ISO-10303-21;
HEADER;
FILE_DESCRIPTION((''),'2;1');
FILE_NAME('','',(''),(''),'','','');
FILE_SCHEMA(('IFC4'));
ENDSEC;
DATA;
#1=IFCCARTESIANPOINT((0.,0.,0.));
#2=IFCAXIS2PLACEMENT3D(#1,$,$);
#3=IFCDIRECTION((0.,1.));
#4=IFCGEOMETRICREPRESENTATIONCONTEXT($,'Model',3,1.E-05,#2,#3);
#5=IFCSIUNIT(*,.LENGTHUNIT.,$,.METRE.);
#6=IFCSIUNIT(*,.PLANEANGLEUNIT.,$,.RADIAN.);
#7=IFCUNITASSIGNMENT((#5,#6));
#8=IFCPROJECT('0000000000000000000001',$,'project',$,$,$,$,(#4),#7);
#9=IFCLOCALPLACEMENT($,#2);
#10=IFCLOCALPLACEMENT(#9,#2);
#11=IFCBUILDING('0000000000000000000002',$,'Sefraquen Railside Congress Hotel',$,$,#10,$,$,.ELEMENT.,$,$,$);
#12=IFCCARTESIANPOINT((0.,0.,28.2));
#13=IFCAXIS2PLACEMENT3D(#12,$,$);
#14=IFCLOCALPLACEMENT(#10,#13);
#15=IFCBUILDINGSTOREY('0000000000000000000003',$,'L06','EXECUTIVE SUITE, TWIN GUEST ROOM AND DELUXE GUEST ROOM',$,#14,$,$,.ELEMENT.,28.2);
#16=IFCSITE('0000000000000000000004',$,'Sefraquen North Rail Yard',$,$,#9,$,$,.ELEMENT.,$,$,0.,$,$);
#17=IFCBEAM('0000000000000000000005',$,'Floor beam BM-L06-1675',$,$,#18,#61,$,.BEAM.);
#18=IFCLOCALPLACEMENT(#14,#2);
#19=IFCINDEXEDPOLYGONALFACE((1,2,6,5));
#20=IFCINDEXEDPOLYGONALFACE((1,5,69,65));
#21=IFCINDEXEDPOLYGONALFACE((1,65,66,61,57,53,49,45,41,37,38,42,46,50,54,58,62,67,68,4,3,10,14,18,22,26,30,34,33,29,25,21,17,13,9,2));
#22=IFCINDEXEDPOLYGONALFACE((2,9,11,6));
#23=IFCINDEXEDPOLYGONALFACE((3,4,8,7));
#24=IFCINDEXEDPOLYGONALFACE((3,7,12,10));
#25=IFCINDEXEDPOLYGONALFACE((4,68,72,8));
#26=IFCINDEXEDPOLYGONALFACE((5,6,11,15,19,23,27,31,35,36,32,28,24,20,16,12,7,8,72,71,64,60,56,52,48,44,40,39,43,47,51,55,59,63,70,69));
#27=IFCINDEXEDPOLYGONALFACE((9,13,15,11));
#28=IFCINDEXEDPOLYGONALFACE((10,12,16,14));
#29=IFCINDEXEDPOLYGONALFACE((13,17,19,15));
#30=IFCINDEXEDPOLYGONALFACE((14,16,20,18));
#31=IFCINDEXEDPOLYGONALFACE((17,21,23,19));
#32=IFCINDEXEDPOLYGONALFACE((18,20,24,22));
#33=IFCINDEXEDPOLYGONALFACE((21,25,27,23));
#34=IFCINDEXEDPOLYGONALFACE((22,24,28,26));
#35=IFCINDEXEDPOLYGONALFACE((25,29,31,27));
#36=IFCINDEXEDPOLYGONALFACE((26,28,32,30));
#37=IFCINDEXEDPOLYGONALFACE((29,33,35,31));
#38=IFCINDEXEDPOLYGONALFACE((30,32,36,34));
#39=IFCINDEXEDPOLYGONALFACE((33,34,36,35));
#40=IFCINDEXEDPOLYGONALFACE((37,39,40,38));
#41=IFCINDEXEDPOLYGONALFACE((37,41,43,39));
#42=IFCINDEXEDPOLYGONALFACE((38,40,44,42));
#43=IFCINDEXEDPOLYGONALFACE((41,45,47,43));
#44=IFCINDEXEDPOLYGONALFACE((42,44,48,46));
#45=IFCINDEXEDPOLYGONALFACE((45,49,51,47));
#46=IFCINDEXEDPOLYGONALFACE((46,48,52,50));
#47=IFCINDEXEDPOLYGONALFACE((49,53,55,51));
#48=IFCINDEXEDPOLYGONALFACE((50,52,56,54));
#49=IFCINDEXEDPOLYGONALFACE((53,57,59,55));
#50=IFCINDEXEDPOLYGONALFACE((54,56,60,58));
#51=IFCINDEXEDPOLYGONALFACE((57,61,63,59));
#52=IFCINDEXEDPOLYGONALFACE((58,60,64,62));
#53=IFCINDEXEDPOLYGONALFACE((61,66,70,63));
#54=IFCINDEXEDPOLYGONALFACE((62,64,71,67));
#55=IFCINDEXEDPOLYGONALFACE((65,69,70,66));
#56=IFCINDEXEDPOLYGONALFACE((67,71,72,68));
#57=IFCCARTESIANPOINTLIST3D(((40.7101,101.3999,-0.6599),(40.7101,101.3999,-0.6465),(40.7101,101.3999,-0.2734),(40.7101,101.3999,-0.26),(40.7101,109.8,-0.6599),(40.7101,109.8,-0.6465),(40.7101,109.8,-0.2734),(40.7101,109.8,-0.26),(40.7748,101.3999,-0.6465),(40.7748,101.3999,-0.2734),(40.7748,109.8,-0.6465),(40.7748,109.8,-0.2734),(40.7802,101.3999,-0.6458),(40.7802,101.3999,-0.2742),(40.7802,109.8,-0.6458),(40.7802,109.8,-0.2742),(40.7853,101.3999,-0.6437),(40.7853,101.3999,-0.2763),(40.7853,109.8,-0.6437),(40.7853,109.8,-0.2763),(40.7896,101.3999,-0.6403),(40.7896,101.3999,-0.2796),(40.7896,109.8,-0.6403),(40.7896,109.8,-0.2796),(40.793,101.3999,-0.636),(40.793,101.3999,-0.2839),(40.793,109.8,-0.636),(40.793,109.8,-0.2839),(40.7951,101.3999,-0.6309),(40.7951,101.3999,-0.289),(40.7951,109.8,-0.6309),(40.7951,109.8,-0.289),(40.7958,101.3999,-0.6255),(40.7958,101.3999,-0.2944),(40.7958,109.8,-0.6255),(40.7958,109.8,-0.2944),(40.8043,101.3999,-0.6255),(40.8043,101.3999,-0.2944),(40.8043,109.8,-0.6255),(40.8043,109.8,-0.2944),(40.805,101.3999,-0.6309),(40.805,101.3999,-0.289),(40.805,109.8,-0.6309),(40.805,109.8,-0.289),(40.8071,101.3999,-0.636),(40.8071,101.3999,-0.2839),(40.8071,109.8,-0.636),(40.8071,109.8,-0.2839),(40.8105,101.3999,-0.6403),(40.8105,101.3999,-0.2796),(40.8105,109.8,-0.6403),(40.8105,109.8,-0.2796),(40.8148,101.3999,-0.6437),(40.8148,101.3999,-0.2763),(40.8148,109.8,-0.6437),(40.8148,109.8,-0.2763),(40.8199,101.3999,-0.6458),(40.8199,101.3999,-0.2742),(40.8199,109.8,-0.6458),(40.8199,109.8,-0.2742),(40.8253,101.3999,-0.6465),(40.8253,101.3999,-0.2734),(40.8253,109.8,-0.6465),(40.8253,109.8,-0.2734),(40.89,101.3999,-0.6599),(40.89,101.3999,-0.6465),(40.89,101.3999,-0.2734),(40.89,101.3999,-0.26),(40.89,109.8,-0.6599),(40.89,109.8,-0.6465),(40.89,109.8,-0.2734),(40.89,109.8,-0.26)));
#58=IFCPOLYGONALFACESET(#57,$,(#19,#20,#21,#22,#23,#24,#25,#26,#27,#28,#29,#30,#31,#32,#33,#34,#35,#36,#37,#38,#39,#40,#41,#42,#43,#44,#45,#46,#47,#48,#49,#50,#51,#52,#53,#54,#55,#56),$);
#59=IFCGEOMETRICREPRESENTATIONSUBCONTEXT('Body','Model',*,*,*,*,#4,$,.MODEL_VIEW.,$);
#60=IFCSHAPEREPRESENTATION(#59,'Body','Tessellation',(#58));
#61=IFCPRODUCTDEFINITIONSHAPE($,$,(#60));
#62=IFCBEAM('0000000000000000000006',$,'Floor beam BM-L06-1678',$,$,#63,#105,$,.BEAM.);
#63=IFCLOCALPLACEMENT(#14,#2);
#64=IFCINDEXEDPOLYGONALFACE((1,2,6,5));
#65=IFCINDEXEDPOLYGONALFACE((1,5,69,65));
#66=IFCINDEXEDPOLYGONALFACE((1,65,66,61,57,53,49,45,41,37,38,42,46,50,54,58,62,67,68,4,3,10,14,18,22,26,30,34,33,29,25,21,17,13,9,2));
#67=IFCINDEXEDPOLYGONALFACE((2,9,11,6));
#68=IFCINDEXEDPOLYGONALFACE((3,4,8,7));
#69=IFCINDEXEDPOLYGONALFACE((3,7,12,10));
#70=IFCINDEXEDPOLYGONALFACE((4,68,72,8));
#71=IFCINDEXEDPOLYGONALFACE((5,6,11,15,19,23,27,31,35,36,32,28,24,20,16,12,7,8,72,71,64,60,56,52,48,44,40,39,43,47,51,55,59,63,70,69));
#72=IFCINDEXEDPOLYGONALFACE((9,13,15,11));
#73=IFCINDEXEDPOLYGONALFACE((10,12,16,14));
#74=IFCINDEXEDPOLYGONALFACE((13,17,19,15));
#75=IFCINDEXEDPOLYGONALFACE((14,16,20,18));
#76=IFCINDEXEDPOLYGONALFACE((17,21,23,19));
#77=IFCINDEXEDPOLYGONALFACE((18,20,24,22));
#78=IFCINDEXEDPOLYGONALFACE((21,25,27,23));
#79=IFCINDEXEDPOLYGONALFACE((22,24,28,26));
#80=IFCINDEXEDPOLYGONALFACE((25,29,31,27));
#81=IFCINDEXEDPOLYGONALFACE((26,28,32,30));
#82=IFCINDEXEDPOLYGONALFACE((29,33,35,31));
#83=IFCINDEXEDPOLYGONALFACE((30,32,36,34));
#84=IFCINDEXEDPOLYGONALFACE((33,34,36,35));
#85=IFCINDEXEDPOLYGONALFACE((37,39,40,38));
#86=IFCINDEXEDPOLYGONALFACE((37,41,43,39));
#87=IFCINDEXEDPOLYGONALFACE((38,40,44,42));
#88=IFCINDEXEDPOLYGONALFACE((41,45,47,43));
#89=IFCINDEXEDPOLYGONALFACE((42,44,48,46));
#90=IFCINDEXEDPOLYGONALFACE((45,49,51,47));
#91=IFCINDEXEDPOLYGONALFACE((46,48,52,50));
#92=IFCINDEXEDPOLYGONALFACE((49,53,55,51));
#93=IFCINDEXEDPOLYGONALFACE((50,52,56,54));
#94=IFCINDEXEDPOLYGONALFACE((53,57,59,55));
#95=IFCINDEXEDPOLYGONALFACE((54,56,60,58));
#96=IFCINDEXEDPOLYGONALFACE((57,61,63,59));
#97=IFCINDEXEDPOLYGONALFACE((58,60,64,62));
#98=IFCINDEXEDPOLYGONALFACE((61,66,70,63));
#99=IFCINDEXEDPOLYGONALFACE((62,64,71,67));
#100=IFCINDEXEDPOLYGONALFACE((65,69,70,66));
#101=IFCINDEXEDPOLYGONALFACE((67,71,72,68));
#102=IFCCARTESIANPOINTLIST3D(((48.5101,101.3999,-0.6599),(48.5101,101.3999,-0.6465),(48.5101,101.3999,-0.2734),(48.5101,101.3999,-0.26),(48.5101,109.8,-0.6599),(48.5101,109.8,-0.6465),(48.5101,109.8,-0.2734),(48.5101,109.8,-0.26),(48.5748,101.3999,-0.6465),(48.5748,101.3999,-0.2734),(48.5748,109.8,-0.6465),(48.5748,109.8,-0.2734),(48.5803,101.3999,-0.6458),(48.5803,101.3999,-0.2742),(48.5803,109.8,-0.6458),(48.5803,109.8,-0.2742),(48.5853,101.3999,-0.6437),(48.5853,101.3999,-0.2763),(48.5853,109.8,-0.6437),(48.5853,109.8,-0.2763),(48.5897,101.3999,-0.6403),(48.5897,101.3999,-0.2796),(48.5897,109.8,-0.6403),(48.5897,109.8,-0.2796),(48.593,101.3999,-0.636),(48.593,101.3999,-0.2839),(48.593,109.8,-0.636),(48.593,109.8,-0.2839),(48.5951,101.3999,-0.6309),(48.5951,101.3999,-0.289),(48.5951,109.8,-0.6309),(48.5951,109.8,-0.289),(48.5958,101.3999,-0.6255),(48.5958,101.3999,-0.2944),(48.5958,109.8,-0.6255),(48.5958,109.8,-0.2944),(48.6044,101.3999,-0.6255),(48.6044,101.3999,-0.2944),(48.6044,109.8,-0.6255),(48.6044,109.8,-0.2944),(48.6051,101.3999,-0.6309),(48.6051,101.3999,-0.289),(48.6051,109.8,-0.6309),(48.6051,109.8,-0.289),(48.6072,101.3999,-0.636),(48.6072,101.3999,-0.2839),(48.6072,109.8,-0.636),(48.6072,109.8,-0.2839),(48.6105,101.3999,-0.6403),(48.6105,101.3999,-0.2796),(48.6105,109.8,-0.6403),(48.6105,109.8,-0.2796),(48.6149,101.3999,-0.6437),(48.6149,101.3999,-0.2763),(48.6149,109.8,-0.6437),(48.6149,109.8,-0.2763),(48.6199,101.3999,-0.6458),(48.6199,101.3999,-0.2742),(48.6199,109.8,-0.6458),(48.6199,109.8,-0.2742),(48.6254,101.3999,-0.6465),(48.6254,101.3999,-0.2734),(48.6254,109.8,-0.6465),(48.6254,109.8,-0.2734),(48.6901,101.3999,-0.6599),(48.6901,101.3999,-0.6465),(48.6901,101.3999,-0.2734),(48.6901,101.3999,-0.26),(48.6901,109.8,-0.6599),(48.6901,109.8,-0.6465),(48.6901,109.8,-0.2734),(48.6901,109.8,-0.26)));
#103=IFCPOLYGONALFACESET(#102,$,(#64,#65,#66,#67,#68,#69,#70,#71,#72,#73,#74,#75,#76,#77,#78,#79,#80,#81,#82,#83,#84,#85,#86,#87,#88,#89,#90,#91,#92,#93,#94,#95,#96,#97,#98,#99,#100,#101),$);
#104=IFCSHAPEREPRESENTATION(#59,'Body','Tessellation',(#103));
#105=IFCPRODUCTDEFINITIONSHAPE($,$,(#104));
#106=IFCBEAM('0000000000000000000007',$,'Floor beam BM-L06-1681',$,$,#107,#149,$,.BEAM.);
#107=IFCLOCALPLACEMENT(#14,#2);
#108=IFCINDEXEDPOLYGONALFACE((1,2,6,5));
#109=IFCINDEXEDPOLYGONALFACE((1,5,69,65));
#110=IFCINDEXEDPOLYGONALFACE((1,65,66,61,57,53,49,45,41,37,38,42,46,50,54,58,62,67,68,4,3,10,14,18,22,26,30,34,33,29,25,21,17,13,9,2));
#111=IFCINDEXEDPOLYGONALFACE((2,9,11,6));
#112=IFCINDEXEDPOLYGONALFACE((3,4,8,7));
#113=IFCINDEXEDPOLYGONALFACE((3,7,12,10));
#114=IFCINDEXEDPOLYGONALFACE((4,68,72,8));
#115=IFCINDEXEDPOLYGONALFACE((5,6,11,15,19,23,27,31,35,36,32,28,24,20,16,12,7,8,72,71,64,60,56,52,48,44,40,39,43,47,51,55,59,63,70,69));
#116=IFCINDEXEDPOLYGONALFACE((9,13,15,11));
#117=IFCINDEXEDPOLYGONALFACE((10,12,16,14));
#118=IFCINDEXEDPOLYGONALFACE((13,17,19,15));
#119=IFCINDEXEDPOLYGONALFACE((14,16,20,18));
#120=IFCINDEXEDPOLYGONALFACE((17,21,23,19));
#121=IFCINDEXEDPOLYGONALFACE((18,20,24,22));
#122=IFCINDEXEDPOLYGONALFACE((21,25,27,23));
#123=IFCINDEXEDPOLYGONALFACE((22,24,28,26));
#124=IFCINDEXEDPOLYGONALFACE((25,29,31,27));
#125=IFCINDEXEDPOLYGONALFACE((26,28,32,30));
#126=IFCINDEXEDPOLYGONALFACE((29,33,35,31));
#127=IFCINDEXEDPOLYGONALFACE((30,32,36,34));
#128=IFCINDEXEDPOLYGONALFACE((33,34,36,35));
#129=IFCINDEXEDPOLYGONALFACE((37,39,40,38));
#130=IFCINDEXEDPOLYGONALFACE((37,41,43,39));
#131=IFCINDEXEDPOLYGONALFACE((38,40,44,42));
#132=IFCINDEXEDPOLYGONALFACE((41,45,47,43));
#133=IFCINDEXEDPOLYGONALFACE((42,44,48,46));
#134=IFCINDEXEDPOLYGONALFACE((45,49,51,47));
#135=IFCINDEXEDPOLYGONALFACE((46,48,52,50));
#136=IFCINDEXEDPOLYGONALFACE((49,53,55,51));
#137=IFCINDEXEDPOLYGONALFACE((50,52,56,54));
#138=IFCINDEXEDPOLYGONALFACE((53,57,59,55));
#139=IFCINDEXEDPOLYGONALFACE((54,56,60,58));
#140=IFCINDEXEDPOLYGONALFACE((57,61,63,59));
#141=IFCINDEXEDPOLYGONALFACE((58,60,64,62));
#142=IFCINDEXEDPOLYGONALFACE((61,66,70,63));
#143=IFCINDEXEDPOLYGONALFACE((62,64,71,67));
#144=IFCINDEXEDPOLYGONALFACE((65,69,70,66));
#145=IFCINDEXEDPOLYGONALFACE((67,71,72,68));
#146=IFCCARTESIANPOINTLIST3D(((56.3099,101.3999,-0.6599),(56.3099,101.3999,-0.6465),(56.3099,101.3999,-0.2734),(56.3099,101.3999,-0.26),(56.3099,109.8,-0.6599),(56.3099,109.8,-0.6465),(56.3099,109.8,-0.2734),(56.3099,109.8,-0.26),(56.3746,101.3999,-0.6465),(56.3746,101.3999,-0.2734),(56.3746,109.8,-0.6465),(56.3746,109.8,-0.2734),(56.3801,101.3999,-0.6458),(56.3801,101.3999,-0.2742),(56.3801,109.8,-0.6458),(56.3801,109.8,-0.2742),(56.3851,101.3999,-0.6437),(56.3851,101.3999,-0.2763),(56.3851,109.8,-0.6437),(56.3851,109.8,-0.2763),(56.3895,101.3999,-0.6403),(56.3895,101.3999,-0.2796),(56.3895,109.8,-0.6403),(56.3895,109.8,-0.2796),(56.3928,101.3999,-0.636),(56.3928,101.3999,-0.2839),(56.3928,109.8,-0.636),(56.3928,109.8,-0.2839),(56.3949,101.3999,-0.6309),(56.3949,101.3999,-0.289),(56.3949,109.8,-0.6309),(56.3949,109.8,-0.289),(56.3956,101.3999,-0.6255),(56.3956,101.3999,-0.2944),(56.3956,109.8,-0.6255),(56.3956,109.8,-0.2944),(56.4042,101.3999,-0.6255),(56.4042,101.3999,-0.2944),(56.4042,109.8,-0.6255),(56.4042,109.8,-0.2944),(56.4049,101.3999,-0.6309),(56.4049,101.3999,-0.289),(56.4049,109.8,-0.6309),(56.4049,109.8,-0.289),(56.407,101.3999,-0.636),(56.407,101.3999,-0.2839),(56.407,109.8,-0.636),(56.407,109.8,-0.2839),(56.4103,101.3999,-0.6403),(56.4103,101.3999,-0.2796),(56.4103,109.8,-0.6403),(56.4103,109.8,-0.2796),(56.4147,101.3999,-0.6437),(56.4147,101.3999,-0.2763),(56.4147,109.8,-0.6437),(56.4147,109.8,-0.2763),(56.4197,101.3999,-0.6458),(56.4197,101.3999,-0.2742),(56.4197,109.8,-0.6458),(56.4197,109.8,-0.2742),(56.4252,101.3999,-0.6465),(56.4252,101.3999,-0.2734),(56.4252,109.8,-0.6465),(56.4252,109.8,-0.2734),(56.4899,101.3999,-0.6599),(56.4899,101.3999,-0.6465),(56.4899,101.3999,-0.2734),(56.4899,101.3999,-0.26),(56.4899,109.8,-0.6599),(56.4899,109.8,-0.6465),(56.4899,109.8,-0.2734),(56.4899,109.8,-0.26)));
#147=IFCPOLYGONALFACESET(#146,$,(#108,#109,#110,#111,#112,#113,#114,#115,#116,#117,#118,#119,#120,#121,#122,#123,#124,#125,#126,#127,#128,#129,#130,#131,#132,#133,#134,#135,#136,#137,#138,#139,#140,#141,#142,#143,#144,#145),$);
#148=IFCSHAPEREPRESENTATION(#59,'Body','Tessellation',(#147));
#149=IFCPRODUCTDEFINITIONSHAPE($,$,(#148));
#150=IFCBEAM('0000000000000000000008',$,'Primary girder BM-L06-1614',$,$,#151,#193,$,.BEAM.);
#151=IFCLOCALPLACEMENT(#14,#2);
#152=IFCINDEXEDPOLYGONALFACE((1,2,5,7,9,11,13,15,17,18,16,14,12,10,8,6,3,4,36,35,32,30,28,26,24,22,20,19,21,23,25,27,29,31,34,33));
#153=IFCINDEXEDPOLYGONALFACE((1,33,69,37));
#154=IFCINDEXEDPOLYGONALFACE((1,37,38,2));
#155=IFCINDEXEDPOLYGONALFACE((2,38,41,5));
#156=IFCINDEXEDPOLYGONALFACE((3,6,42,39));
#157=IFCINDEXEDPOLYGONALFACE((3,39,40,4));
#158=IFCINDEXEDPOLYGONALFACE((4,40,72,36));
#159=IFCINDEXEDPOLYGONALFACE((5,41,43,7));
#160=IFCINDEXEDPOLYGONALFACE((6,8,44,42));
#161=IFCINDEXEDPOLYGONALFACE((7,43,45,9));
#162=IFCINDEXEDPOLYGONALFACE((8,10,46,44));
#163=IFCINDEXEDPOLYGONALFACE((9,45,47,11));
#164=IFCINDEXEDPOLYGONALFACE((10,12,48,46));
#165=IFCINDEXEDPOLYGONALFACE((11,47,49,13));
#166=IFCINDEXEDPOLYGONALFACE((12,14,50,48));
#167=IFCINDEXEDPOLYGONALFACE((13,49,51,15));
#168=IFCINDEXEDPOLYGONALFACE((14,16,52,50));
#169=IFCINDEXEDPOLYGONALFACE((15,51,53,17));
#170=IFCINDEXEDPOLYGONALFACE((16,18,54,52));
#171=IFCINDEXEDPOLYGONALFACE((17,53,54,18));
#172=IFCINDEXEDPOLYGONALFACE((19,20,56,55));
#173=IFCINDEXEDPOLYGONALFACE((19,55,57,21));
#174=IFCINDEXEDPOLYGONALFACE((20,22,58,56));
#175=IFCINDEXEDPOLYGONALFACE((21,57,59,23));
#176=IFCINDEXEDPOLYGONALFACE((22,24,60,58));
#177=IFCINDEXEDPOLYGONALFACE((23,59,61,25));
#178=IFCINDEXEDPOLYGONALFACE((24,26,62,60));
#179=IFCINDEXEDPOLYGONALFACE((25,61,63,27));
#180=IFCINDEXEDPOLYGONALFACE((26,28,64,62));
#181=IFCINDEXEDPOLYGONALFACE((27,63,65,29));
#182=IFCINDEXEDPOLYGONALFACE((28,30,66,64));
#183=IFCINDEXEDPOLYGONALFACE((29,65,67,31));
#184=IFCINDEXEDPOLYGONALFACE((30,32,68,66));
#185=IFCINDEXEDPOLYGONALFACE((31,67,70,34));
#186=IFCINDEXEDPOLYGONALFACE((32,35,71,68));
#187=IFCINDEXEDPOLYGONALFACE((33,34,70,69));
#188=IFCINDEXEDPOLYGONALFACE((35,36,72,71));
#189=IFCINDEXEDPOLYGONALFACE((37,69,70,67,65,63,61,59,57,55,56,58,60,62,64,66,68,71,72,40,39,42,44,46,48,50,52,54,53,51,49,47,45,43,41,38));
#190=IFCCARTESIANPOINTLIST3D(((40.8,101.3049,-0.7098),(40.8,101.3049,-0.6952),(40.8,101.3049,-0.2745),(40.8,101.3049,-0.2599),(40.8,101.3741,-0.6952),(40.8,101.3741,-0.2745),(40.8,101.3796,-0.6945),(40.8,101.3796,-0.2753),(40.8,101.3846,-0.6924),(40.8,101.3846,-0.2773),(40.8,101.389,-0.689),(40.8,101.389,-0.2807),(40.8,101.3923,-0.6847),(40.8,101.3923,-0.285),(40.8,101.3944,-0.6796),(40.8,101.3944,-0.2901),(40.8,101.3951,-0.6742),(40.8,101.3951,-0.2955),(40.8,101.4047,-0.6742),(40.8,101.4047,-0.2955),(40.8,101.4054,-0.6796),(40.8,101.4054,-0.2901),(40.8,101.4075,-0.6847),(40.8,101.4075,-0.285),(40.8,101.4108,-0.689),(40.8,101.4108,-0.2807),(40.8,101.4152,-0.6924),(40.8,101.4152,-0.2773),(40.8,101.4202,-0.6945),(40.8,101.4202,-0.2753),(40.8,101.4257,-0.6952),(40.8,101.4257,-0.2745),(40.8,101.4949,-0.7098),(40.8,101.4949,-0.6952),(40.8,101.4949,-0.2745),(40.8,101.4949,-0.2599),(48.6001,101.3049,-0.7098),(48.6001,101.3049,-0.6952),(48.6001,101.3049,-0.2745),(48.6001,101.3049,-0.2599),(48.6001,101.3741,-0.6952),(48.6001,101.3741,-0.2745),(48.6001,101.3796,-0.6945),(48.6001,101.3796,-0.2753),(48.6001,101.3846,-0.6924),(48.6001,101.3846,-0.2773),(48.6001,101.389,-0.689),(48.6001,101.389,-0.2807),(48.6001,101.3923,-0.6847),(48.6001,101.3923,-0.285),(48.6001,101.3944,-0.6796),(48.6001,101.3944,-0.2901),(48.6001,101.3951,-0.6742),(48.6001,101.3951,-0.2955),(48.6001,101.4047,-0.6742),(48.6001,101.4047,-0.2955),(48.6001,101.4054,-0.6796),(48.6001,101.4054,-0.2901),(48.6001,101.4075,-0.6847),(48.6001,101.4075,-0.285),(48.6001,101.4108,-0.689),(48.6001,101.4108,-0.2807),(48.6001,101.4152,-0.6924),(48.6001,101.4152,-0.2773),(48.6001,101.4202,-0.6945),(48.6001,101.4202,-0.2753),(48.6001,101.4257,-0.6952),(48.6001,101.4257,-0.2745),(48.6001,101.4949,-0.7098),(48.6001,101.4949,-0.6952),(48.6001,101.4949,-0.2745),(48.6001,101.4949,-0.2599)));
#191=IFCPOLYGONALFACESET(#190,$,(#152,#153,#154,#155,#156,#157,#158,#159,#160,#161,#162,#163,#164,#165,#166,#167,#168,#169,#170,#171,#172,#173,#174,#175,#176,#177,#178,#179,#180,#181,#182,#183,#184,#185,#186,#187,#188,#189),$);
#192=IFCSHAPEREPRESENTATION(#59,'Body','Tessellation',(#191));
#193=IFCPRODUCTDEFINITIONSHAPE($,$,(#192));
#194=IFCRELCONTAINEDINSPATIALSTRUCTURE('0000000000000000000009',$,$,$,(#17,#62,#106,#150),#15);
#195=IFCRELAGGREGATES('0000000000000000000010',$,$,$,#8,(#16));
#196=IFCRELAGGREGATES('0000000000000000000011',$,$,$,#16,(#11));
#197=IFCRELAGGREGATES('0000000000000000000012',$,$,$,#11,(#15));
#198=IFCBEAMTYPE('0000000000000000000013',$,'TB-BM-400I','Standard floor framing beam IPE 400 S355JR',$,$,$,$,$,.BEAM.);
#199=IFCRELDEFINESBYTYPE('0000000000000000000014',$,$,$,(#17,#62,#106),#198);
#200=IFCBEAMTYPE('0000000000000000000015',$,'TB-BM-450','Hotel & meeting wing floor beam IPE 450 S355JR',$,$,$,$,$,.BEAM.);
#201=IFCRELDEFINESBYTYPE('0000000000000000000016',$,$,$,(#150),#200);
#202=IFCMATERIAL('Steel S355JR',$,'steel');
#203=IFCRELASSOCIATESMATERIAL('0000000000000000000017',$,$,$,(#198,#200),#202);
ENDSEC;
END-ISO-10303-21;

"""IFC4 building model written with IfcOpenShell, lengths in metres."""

from ifc_helpers import new_model, si_unit, direction, frame, origin, origin_2d, place, context, subcontext, project, spatial, i_section, extrude, material, material_profile, profile_set, type_object, element, save


model = new_model("IFC4")

# Units and contexts
model_context = context("Model", 3, precision=1e-05, world=origin(), true_north=direction((0.0, 1.0)))
body_context = subcontext(model_context, "Body", "Model", "MODEL_VIEW")
ifc_project = project(units=[si_unit("LENGTHUNIT", "METRE"), si_unit("PLANEANGLEUNIT", "RADIAN")], contexts=[model_context])

# Site, building, storey
site_placement = place(None, origin())
site = spatial("IfcSite", under=ifc_project, at=site_placement, Name="Sefraquen North Rail Yard", CompositionType="ELEMENT", RefElevation=0.0)
building_placement = place(site_placement, origin())
building = spatial("IfcBuilding", under=site, at=building_placement, Name="Sefraquen Railside Congress Hotel", CompositionType="ELEMENT")
storey_placement = place(building_placement, frame((0.0, 0.0, 28.2)))
storey = spatial("IfcBuildingStorey", under=building, at=storey_placement, Name="L06", Description="EXECUTIVE SUITE, TWIN GUEST ROOM AND DELUXE GUEST ROOM", CompositionType="ELEMENT", Elevation=28.2)

# Shared definitions
ifc_material_1 = material(Name="Steel S355JR", Category="steel")

# Beams
ifc_material_profile_1 = material_profile(ifc_material_1, i_section(OverallWidth=0.1799, OverallDepth=0.3999, WebThickness=0.0085, FlangeThickness=0.0134, FilletRadius=0.021, at=origin_2d()), Name="IPE 400")
ifc_profile_set_1 = profile_set([ifc_material_profile_1], Name="Steel S355JR")
beam_type_1 = type_object("IfcBeamType", Name="TB-BM-400I", Description="Standard floor framing beam IPE 400 S355JR", PredefinedType="BEAM", material=ifc_profile_set_1)
for number, where, z_axis, x_axis, name in (
    (1, (40.8, 101.3999, -0.46), (0.0, 1.0, 0.0), (-1.0, 0.0, 0.0), "Floor beam BM-L06-1675"),
    (2, (48.6001, 101.3999, -0.46), (0.0, 1.0, 0.0), (-1.0, 0.0, 0.0), "Floor beam BM-L06-1678"),
    (3, (56.3999, 101.3999, -0.46), (0.0, 1.0, 0.0), (-1.0, 0.0, 0.0), "Floor beam BM-L06-1681"),
):
    element("IfcBeam", number, at=place(storey_placement, frame(where, z_axis=z_axis, x_axis=x_axis)), inside=storey, type_object=beam_type_1, Name=name, PredefinedType="BEAM", context=body_context, shape_type="SweptSolid", body=[
        extrude(i_section(OverallWidth=0.1799, OverallDepth=0.3999, WebThickness=0.0085, FlangeThickness=0.0134, FilletRadius=0.021, at=origin_2d()), origin(), (0.0, 0.0, 1.0), 8.4001),
    ])
ifc_material_profile_2 = material_profile(ifc_material_1, i_section(OverallWidth=0.1899, OverallDepth=0.45, WebThickness=0.0095, FlangeThickness=0.0146, FilletRadius=0.021, at=origin_2d()), Name="IPE 450")
ifc_profile_set_2 = profile_set([ifc_material_profile_2], Name="Steel S355JR")
beam_type_2 = type_object("IfcBeamType", Name="TB-BM-450", Description="Hotel & meeting wing floor beam IPE 450 S355JR", PredefinedType="BEAM", material=ifc_profile_set_2)
beam_1_placement = place(storey_placement, frame((40.8, 101.3999, -0.4849), z_axis=(1.0, 0.0, 0.0), x_axis=(0.0, 1.0, 0.0)))
element("IfcBeam", 4, at=beam_1_placement, inside=storey, type_object=beam_type_2, Name="Primary girder BM-L06-1614", PredefinedType="BEAM", context=body_context, shape_type="SweptSolid", body=[
    extrude(i_section(OverallWidth=0.1899, OverallDepth=0.45, WebThickness=0.0095, FlangeThickness=0.0146, FilletRadius=0.021, at=origin_2d()), origin(), (0.0, 0.0, 1.0), 7.8),
])

save(model, "model.ifc")
